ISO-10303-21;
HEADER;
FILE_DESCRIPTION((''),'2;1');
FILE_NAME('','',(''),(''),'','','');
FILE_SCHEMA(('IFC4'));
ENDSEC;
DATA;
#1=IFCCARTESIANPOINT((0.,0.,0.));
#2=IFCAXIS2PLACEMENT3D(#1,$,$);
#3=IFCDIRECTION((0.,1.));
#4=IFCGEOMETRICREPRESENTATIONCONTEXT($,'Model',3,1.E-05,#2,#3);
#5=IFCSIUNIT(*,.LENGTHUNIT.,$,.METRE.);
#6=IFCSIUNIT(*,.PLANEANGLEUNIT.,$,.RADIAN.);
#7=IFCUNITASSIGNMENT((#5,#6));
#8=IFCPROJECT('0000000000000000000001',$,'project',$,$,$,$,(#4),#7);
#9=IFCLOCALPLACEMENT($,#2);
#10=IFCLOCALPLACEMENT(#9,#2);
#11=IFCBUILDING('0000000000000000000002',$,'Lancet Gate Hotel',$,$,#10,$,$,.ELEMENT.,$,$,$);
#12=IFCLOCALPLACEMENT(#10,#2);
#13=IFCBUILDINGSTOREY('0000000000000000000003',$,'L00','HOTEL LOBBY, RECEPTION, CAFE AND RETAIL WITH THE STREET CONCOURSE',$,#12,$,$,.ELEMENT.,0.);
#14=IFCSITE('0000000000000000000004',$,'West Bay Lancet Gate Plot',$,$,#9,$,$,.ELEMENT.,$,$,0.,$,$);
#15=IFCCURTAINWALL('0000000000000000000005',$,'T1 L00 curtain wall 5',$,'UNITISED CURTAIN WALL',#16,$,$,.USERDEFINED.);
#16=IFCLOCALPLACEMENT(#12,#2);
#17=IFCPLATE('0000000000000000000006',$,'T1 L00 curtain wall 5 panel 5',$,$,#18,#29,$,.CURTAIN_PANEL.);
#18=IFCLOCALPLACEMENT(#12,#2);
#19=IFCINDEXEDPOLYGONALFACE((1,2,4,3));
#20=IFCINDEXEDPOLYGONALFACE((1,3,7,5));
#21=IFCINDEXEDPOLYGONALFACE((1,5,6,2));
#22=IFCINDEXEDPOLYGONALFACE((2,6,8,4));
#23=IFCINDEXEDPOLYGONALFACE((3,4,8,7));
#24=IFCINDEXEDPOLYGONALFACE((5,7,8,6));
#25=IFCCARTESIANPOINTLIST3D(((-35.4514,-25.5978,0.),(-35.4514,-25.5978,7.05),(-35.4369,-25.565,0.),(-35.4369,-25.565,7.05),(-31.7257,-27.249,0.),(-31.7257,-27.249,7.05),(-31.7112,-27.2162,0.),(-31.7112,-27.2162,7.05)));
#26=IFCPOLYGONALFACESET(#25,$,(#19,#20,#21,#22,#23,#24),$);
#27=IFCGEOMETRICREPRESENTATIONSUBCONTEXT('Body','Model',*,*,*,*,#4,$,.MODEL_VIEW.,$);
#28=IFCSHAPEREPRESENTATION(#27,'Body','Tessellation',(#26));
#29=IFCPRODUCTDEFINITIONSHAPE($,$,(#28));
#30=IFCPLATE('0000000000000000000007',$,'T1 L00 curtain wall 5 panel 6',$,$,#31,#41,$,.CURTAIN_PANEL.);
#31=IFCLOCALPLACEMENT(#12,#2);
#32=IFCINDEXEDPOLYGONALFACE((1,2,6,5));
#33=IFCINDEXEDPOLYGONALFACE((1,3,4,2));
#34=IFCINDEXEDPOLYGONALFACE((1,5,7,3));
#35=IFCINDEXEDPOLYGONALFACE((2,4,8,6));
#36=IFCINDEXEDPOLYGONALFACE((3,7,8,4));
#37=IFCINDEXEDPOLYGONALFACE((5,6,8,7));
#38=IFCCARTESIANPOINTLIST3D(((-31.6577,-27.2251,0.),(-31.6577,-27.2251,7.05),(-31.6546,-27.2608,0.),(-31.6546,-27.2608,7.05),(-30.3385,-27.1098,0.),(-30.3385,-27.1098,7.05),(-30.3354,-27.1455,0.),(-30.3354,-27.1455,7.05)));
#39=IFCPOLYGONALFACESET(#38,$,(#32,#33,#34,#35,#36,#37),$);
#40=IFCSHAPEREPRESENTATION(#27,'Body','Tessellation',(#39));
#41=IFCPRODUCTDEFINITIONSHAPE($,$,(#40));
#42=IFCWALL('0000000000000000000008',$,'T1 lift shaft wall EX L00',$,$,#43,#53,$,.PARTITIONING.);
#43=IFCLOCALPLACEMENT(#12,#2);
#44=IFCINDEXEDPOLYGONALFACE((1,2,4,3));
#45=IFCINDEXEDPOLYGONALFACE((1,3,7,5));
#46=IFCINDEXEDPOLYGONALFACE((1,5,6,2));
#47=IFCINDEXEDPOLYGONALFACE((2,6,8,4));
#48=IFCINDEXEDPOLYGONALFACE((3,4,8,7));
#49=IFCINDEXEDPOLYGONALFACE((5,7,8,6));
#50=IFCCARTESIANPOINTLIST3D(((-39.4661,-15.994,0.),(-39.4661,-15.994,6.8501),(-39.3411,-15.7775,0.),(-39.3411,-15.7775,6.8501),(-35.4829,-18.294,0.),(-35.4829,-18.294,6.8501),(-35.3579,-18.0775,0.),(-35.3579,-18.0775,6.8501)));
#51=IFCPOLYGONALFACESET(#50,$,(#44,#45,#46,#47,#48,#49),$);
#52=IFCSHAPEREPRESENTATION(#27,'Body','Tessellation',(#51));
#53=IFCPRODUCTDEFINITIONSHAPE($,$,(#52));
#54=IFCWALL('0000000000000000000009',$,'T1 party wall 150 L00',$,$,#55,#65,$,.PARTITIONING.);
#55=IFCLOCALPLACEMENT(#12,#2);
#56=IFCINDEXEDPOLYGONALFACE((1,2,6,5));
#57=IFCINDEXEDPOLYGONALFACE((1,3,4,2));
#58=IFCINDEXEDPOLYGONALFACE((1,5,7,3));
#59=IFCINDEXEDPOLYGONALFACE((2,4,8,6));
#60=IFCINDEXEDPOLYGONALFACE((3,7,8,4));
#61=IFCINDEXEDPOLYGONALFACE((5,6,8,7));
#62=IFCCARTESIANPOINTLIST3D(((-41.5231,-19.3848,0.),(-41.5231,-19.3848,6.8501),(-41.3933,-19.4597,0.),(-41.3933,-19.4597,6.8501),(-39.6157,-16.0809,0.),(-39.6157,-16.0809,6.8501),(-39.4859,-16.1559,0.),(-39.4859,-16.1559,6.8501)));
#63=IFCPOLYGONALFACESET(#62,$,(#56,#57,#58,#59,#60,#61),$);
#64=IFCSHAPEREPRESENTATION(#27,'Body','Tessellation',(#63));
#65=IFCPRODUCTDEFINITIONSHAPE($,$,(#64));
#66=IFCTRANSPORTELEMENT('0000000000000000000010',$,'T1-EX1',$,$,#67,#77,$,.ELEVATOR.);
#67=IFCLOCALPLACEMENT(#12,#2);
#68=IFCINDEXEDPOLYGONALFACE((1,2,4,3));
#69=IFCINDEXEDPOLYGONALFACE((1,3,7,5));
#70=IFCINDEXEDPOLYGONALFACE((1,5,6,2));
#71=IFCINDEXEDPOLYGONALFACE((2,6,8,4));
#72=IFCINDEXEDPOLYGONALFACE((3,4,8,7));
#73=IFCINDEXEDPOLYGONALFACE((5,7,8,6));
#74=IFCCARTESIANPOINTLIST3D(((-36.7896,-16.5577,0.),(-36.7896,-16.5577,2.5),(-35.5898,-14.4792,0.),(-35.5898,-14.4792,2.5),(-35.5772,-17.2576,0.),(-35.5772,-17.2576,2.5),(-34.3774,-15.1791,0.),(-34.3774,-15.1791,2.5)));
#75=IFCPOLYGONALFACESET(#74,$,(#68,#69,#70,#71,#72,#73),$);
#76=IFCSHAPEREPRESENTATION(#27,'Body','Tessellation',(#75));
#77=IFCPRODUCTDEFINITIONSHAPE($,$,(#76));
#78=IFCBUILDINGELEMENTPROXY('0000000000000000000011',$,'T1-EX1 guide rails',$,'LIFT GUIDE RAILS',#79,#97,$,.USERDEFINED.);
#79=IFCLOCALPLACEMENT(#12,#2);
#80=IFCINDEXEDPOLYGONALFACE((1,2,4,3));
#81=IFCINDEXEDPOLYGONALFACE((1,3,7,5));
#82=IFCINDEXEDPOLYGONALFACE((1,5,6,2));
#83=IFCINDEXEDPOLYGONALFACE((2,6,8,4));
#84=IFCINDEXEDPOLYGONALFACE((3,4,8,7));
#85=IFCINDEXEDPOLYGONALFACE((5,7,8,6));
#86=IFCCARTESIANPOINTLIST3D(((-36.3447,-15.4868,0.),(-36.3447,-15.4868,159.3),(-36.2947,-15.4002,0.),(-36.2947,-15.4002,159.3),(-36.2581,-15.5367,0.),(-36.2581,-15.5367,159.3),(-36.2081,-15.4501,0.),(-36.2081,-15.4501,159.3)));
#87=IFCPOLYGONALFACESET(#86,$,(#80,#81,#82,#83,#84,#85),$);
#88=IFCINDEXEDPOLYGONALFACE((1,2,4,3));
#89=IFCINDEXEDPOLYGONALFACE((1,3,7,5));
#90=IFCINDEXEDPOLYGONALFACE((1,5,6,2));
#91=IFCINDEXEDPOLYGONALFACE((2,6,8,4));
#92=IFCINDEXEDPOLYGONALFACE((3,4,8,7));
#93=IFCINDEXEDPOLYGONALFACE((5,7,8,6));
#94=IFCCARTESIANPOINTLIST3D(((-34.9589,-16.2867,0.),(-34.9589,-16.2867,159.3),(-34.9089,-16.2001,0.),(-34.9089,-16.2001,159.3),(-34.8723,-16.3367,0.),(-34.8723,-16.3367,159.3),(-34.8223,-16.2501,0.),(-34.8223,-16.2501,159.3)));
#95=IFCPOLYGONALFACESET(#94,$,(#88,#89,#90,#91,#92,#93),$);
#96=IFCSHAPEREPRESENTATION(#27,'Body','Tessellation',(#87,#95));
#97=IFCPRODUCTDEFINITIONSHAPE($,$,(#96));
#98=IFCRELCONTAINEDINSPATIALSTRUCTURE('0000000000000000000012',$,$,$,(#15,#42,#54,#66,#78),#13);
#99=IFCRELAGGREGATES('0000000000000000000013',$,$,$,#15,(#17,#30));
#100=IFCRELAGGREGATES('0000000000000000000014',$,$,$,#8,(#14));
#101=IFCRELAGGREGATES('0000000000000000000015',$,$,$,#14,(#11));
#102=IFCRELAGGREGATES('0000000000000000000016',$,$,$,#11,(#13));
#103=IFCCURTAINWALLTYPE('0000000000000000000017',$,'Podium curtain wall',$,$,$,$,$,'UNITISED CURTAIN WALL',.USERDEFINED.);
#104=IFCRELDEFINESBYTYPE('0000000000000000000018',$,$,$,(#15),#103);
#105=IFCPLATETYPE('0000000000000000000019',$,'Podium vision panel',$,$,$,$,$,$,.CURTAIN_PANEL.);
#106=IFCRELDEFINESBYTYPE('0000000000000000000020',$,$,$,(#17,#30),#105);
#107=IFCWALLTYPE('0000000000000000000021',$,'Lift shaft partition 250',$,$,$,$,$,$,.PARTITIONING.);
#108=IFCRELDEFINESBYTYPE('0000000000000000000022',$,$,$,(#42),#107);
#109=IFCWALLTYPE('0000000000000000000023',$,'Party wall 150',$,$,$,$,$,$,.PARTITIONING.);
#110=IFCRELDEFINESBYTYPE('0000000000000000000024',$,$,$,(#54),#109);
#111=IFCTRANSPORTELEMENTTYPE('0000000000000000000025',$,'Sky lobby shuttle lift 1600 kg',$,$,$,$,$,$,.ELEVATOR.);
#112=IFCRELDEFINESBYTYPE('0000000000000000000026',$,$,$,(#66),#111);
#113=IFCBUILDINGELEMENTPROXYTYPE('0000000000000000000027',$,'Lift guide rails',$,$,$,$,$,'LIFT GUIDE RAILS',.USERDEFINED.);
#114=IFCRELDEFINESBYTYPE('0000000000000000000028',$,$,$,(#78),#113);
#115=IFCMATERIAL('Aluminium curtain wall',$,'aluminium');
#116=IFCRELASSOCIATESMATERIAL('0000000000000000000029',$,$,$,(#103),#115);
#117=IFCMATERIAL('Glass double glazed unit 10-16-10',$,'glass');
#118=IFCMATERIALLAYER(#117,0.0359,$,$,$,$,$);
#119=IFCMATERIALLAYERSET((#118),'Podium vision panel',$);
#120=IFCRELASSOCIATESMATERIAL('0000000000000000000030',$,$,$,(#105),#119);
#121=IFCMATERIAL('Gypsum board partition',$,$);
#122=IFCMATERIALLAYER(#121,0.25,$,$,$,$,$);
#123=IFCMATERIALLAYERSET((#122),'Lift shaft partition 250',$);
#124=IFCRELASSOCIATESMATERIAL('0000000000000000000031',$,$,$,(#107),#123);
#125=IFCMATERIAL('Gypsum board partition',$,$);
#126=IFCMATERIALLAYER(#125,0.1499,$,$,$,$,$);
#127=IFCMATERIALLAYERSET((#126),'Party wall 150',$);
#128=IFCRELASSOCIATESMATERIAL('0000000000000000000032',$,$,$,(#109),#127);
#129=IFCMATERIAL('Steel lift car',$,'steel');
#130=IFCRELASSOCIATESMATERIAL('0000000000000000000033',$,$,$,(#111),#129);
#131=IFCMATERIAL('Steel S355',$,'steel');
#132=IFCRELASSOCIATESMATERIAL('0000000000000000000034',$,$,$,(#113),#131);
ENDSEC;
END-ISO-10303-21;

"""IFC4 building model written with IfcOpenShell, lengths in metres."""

from ifc_helpers import new_model, si_unit, direction, frame, frame_2d, origin, origin_2d, place, context, subcontext, project, spatial, rectangle, extrude, material, layer, layer_set, type_object, element, aggregate, save


model = new_model("IFC4")

# Units and contexts
model_context = context("Model", 3, precision=1e-05, world=origin(), true_north=direction((0.0, 1.0)))
body_context = subcontext(model_context, "Body", "Model", "MODEL_VIEW")
ifc_project = project(units=[si_unit("LENGTHUNIT", "METRE"), si_unit("PLANEANGLEUNIT", "RADIAN")], contexts=[model_context])

# Site, building, storey
site_placement = place(None, origin())
site = spatial("IfcSite", under=ifc_project, at=site_placement, Name="West Bay Lancet Gate Plot", CompositionType="ELEMENT", RefElevation=0.0)
building_placement = place(site_placement, origin())
building = spatial("IfcBuilding", under=site, at=building_placement, Name="Lancet Gate Hotel", CompositionType="ELEMENT")
storey_placement = place(building_placement, origin())
storey = spatial("IfcBuildingStorey", under=building, at=storey_placement, Name="L00", Description="HOTEL LOBBY, RECEPTION, CAFE AND RETAIL WITH THE STREET CONCOURSE", CompositionType="ELEMENT", Elevation=0.0)

# Curtain wall
ifc_material_1 = material(Name="Aluminium curtain wall", Category="aluminium")
curtain_wall_type = type_object("IfcCurtainWallType", Name="Podium curtain wall", ElementType="UNITISED CURTAIN WALL", PredefinedType="USERDEFINED", material=ifc_material_1)
curtain_wall_placement = place(storey_placement, origin())
curtain_wall = element("IfcCurtainWall", 1, at=curtain_wall_placement, inside=storey, type_object=curtain_wall_type, Name="T1 L00 curtain wall 5", ObjectType="UNITISED CURTAIN WALL", PredefinedType="USERDEFINED")

# Plates
ifc_material_2 = material(Name="Glass double glazed unit 10-16-10", Category="glass")
ifc_layer_1 = layer(ifc_material_2, 0.0359)
ifc_layer_set_1 = layer_set([ifc_layer_1], Name="Podium vision panel")
plate_type = type_object("IfcPlateType", Name="Podium vision panel", PredefinedType="CURTAIN_PANEL", material=ifc_layer_set_1)
plate_1_placement = place(storey_placement, frame((-33.5813, -26.407, 0.0), z_axis=(0.0, 0.0, 1.0), x_axis=(0.914234, -0.405186, 0.0)))
plate_1 = element("IfcPlate", 2, at=plate_1_placement, type_object=plate_type, Name="T1 L00 curtain wall 5 panel 5", PredefinedType="CURTAIN_PANEL", context=body_context, shape_type="SweptSolid", body=[
    extrude(rectangle(XDim=4.0752, YDim=0.0359, at=origin_2d()), origin(), (0.0, 0.0, 1.0), 7.05),
])
plate_2_placement = place(storey_placement, frame((-30.9966, -27.1853, 0.0), z_axis=(0.0, 0.0, 1.0), x_axis=(0.996204, 0.087052, 0.0)))
plate_2 = element("IfcPlate", 3, at=plate_2_placement, type_object=plate_type, Name="T1 L00 curtain wall 5 panel 6", PredefinedType="CURTAIN_PANEL", context=body_context, shape_type="SweptSolid", body=[
    extrude(rectangle(XDim=1.3242, YDim=0.0359, at=origin_2d()), origin(), (0.0, 0.0, 1.0), 7.05),
])
aggregate(curtain_wall, [plate_1, plate_2])

# Walls
ifc_material_3 = material(Name="Gypsum board partition")
ifc_layer_2 = layer(ifc_material_3, 0.25)
ifc_layer_set_2 = layer_set([ifc_layer_2], Name="Lift shaft partition 250")
wall_type_1 = type_object("IfcWallType", Name="Lift shaft partition 250", PredefinedType="PARTITIONING", material=ifc_layer_set_2)
wall_1_placement = place(storey_placement, frame((-35.4204, -18.1858, 0.0), z_axis=(0.0, 0.0, 1.0), x_axis=(-0.86599, 0.500061, 0.0)))
element("IfcWall", 4, at=wall_1_placement, inside=storey, type_object=wall_type_1, Name="T1 lift shaft wall EX L00", PredefinedType="PARTITIONING", context=body_context, shape_type="SweptSolid", body=[
    extrude(rectangle(XDim=4.5996, YDim=0.25, at=frame_2d((2.2998, 0.0))), origin(), (0.0, 0.0, 1.0), 6.8501),
])
ifc_material_4 = material(Name="Gypsum board partition")
ifc_layer_3 = layer(ifc_material_4, 0.1499)
ifc_layer_set_3 = layer_set([ifc_layer_3], Name="Party wall 150")
wall_type_2 = type_object("IfcWallType", Name="Party wall 150", PredefinedType="PARTITIONING", material=ifc_layer_set_3)
wall_2_placement = place(storey_placement, frame((-39.5508, -16.1184, 0.0), z_axis=(0.0, 0.0, 1.0), x_axis=(-0.499987, -0.866033, 0.0)))
element("IfcWall", 5, at=wall_2_placement, inside=storey, type_object=wall_type_2, Name="T1 party wall 150 L00", PredefinedType="PARTITIONING", context=body_context, shape_type="SweptSolid", body=[
    extrude(rectangle(XDim=3.8149, YDim=0.1499, at=frame_2d((1.9075, 0.0))), origin(), (0.0, 0.0, 1.0), 6.8501),
])

# Transport element
ifc_material_5 = material(Name="Steel lift car", Category="steel")
transport_element_type = type_object("IfcTransportElementType", Name="Sky lobby shuttle lift 1600 kg", PredefinedType="ELEVATOR", material=ifc_material_5)
transport_element_placement = place(storey_placement, frame((-35.5835, -15.8684, 0.0), z_axis=(0.0, 0.0, 1.0), x_axis=(-0.499917, -0.866073, 0.0)))
element("IfcTransportElement", 6, at=transport_element_placement, inside=storey, type_object=transport_element_type, Name="T1-EX1", PredefinedType="ELEVATOR", context=body_context, shape_type="SweptSolid", body=[
    extrude(rectangle(XDim=2.3999, YDim=1.3999, at=origin_2d()), origin(), (0.0, 0.0, 1.0), 2.5),
])

# Building element proxy
ifc_material_6 = material(Name="Steel S355", Category="steel")
building_element_proxy_type = type_object("IfcBuildingElementProxyType", Name="Lift guide rails", ElementType="LIFT GUIDE RAILS", PredefinedType="USERDEFINED", material=ifc_material_6)
proxy_placement = place(storey_placement, frame((-35.5835, -15.8684, 0.0), z_axis=(0.0, 0.0, 1.0), x_axis=(-0.499917, -0.866073, 0.0)))
element("IfcBuildingElementProxy", 7, at=proxy_placement, inside=storey, type_object=building_element_proxy_type, Name="T1-EX1 guide rails", ObjectType="LIFT GUIDE RAILS", PredefinedType="USERDEFINED", context=body_context, shape_type="SweptSolid", body=[
    extrude(rectangle(XDim=0.1, YDim=0.1, at=origin_2d()), frame((0.0, -0.8, 0.0)), (0.0, 0.0, 1.0), 159.3),
    extrude(rectangle(XDim=0.1, YDim=0.1, at=origin_2d()), frame((0.0, 0.8, 0.0)), (0.0, 0.0, 1.0), 159.3),
])

save(model, "model.ifc")
